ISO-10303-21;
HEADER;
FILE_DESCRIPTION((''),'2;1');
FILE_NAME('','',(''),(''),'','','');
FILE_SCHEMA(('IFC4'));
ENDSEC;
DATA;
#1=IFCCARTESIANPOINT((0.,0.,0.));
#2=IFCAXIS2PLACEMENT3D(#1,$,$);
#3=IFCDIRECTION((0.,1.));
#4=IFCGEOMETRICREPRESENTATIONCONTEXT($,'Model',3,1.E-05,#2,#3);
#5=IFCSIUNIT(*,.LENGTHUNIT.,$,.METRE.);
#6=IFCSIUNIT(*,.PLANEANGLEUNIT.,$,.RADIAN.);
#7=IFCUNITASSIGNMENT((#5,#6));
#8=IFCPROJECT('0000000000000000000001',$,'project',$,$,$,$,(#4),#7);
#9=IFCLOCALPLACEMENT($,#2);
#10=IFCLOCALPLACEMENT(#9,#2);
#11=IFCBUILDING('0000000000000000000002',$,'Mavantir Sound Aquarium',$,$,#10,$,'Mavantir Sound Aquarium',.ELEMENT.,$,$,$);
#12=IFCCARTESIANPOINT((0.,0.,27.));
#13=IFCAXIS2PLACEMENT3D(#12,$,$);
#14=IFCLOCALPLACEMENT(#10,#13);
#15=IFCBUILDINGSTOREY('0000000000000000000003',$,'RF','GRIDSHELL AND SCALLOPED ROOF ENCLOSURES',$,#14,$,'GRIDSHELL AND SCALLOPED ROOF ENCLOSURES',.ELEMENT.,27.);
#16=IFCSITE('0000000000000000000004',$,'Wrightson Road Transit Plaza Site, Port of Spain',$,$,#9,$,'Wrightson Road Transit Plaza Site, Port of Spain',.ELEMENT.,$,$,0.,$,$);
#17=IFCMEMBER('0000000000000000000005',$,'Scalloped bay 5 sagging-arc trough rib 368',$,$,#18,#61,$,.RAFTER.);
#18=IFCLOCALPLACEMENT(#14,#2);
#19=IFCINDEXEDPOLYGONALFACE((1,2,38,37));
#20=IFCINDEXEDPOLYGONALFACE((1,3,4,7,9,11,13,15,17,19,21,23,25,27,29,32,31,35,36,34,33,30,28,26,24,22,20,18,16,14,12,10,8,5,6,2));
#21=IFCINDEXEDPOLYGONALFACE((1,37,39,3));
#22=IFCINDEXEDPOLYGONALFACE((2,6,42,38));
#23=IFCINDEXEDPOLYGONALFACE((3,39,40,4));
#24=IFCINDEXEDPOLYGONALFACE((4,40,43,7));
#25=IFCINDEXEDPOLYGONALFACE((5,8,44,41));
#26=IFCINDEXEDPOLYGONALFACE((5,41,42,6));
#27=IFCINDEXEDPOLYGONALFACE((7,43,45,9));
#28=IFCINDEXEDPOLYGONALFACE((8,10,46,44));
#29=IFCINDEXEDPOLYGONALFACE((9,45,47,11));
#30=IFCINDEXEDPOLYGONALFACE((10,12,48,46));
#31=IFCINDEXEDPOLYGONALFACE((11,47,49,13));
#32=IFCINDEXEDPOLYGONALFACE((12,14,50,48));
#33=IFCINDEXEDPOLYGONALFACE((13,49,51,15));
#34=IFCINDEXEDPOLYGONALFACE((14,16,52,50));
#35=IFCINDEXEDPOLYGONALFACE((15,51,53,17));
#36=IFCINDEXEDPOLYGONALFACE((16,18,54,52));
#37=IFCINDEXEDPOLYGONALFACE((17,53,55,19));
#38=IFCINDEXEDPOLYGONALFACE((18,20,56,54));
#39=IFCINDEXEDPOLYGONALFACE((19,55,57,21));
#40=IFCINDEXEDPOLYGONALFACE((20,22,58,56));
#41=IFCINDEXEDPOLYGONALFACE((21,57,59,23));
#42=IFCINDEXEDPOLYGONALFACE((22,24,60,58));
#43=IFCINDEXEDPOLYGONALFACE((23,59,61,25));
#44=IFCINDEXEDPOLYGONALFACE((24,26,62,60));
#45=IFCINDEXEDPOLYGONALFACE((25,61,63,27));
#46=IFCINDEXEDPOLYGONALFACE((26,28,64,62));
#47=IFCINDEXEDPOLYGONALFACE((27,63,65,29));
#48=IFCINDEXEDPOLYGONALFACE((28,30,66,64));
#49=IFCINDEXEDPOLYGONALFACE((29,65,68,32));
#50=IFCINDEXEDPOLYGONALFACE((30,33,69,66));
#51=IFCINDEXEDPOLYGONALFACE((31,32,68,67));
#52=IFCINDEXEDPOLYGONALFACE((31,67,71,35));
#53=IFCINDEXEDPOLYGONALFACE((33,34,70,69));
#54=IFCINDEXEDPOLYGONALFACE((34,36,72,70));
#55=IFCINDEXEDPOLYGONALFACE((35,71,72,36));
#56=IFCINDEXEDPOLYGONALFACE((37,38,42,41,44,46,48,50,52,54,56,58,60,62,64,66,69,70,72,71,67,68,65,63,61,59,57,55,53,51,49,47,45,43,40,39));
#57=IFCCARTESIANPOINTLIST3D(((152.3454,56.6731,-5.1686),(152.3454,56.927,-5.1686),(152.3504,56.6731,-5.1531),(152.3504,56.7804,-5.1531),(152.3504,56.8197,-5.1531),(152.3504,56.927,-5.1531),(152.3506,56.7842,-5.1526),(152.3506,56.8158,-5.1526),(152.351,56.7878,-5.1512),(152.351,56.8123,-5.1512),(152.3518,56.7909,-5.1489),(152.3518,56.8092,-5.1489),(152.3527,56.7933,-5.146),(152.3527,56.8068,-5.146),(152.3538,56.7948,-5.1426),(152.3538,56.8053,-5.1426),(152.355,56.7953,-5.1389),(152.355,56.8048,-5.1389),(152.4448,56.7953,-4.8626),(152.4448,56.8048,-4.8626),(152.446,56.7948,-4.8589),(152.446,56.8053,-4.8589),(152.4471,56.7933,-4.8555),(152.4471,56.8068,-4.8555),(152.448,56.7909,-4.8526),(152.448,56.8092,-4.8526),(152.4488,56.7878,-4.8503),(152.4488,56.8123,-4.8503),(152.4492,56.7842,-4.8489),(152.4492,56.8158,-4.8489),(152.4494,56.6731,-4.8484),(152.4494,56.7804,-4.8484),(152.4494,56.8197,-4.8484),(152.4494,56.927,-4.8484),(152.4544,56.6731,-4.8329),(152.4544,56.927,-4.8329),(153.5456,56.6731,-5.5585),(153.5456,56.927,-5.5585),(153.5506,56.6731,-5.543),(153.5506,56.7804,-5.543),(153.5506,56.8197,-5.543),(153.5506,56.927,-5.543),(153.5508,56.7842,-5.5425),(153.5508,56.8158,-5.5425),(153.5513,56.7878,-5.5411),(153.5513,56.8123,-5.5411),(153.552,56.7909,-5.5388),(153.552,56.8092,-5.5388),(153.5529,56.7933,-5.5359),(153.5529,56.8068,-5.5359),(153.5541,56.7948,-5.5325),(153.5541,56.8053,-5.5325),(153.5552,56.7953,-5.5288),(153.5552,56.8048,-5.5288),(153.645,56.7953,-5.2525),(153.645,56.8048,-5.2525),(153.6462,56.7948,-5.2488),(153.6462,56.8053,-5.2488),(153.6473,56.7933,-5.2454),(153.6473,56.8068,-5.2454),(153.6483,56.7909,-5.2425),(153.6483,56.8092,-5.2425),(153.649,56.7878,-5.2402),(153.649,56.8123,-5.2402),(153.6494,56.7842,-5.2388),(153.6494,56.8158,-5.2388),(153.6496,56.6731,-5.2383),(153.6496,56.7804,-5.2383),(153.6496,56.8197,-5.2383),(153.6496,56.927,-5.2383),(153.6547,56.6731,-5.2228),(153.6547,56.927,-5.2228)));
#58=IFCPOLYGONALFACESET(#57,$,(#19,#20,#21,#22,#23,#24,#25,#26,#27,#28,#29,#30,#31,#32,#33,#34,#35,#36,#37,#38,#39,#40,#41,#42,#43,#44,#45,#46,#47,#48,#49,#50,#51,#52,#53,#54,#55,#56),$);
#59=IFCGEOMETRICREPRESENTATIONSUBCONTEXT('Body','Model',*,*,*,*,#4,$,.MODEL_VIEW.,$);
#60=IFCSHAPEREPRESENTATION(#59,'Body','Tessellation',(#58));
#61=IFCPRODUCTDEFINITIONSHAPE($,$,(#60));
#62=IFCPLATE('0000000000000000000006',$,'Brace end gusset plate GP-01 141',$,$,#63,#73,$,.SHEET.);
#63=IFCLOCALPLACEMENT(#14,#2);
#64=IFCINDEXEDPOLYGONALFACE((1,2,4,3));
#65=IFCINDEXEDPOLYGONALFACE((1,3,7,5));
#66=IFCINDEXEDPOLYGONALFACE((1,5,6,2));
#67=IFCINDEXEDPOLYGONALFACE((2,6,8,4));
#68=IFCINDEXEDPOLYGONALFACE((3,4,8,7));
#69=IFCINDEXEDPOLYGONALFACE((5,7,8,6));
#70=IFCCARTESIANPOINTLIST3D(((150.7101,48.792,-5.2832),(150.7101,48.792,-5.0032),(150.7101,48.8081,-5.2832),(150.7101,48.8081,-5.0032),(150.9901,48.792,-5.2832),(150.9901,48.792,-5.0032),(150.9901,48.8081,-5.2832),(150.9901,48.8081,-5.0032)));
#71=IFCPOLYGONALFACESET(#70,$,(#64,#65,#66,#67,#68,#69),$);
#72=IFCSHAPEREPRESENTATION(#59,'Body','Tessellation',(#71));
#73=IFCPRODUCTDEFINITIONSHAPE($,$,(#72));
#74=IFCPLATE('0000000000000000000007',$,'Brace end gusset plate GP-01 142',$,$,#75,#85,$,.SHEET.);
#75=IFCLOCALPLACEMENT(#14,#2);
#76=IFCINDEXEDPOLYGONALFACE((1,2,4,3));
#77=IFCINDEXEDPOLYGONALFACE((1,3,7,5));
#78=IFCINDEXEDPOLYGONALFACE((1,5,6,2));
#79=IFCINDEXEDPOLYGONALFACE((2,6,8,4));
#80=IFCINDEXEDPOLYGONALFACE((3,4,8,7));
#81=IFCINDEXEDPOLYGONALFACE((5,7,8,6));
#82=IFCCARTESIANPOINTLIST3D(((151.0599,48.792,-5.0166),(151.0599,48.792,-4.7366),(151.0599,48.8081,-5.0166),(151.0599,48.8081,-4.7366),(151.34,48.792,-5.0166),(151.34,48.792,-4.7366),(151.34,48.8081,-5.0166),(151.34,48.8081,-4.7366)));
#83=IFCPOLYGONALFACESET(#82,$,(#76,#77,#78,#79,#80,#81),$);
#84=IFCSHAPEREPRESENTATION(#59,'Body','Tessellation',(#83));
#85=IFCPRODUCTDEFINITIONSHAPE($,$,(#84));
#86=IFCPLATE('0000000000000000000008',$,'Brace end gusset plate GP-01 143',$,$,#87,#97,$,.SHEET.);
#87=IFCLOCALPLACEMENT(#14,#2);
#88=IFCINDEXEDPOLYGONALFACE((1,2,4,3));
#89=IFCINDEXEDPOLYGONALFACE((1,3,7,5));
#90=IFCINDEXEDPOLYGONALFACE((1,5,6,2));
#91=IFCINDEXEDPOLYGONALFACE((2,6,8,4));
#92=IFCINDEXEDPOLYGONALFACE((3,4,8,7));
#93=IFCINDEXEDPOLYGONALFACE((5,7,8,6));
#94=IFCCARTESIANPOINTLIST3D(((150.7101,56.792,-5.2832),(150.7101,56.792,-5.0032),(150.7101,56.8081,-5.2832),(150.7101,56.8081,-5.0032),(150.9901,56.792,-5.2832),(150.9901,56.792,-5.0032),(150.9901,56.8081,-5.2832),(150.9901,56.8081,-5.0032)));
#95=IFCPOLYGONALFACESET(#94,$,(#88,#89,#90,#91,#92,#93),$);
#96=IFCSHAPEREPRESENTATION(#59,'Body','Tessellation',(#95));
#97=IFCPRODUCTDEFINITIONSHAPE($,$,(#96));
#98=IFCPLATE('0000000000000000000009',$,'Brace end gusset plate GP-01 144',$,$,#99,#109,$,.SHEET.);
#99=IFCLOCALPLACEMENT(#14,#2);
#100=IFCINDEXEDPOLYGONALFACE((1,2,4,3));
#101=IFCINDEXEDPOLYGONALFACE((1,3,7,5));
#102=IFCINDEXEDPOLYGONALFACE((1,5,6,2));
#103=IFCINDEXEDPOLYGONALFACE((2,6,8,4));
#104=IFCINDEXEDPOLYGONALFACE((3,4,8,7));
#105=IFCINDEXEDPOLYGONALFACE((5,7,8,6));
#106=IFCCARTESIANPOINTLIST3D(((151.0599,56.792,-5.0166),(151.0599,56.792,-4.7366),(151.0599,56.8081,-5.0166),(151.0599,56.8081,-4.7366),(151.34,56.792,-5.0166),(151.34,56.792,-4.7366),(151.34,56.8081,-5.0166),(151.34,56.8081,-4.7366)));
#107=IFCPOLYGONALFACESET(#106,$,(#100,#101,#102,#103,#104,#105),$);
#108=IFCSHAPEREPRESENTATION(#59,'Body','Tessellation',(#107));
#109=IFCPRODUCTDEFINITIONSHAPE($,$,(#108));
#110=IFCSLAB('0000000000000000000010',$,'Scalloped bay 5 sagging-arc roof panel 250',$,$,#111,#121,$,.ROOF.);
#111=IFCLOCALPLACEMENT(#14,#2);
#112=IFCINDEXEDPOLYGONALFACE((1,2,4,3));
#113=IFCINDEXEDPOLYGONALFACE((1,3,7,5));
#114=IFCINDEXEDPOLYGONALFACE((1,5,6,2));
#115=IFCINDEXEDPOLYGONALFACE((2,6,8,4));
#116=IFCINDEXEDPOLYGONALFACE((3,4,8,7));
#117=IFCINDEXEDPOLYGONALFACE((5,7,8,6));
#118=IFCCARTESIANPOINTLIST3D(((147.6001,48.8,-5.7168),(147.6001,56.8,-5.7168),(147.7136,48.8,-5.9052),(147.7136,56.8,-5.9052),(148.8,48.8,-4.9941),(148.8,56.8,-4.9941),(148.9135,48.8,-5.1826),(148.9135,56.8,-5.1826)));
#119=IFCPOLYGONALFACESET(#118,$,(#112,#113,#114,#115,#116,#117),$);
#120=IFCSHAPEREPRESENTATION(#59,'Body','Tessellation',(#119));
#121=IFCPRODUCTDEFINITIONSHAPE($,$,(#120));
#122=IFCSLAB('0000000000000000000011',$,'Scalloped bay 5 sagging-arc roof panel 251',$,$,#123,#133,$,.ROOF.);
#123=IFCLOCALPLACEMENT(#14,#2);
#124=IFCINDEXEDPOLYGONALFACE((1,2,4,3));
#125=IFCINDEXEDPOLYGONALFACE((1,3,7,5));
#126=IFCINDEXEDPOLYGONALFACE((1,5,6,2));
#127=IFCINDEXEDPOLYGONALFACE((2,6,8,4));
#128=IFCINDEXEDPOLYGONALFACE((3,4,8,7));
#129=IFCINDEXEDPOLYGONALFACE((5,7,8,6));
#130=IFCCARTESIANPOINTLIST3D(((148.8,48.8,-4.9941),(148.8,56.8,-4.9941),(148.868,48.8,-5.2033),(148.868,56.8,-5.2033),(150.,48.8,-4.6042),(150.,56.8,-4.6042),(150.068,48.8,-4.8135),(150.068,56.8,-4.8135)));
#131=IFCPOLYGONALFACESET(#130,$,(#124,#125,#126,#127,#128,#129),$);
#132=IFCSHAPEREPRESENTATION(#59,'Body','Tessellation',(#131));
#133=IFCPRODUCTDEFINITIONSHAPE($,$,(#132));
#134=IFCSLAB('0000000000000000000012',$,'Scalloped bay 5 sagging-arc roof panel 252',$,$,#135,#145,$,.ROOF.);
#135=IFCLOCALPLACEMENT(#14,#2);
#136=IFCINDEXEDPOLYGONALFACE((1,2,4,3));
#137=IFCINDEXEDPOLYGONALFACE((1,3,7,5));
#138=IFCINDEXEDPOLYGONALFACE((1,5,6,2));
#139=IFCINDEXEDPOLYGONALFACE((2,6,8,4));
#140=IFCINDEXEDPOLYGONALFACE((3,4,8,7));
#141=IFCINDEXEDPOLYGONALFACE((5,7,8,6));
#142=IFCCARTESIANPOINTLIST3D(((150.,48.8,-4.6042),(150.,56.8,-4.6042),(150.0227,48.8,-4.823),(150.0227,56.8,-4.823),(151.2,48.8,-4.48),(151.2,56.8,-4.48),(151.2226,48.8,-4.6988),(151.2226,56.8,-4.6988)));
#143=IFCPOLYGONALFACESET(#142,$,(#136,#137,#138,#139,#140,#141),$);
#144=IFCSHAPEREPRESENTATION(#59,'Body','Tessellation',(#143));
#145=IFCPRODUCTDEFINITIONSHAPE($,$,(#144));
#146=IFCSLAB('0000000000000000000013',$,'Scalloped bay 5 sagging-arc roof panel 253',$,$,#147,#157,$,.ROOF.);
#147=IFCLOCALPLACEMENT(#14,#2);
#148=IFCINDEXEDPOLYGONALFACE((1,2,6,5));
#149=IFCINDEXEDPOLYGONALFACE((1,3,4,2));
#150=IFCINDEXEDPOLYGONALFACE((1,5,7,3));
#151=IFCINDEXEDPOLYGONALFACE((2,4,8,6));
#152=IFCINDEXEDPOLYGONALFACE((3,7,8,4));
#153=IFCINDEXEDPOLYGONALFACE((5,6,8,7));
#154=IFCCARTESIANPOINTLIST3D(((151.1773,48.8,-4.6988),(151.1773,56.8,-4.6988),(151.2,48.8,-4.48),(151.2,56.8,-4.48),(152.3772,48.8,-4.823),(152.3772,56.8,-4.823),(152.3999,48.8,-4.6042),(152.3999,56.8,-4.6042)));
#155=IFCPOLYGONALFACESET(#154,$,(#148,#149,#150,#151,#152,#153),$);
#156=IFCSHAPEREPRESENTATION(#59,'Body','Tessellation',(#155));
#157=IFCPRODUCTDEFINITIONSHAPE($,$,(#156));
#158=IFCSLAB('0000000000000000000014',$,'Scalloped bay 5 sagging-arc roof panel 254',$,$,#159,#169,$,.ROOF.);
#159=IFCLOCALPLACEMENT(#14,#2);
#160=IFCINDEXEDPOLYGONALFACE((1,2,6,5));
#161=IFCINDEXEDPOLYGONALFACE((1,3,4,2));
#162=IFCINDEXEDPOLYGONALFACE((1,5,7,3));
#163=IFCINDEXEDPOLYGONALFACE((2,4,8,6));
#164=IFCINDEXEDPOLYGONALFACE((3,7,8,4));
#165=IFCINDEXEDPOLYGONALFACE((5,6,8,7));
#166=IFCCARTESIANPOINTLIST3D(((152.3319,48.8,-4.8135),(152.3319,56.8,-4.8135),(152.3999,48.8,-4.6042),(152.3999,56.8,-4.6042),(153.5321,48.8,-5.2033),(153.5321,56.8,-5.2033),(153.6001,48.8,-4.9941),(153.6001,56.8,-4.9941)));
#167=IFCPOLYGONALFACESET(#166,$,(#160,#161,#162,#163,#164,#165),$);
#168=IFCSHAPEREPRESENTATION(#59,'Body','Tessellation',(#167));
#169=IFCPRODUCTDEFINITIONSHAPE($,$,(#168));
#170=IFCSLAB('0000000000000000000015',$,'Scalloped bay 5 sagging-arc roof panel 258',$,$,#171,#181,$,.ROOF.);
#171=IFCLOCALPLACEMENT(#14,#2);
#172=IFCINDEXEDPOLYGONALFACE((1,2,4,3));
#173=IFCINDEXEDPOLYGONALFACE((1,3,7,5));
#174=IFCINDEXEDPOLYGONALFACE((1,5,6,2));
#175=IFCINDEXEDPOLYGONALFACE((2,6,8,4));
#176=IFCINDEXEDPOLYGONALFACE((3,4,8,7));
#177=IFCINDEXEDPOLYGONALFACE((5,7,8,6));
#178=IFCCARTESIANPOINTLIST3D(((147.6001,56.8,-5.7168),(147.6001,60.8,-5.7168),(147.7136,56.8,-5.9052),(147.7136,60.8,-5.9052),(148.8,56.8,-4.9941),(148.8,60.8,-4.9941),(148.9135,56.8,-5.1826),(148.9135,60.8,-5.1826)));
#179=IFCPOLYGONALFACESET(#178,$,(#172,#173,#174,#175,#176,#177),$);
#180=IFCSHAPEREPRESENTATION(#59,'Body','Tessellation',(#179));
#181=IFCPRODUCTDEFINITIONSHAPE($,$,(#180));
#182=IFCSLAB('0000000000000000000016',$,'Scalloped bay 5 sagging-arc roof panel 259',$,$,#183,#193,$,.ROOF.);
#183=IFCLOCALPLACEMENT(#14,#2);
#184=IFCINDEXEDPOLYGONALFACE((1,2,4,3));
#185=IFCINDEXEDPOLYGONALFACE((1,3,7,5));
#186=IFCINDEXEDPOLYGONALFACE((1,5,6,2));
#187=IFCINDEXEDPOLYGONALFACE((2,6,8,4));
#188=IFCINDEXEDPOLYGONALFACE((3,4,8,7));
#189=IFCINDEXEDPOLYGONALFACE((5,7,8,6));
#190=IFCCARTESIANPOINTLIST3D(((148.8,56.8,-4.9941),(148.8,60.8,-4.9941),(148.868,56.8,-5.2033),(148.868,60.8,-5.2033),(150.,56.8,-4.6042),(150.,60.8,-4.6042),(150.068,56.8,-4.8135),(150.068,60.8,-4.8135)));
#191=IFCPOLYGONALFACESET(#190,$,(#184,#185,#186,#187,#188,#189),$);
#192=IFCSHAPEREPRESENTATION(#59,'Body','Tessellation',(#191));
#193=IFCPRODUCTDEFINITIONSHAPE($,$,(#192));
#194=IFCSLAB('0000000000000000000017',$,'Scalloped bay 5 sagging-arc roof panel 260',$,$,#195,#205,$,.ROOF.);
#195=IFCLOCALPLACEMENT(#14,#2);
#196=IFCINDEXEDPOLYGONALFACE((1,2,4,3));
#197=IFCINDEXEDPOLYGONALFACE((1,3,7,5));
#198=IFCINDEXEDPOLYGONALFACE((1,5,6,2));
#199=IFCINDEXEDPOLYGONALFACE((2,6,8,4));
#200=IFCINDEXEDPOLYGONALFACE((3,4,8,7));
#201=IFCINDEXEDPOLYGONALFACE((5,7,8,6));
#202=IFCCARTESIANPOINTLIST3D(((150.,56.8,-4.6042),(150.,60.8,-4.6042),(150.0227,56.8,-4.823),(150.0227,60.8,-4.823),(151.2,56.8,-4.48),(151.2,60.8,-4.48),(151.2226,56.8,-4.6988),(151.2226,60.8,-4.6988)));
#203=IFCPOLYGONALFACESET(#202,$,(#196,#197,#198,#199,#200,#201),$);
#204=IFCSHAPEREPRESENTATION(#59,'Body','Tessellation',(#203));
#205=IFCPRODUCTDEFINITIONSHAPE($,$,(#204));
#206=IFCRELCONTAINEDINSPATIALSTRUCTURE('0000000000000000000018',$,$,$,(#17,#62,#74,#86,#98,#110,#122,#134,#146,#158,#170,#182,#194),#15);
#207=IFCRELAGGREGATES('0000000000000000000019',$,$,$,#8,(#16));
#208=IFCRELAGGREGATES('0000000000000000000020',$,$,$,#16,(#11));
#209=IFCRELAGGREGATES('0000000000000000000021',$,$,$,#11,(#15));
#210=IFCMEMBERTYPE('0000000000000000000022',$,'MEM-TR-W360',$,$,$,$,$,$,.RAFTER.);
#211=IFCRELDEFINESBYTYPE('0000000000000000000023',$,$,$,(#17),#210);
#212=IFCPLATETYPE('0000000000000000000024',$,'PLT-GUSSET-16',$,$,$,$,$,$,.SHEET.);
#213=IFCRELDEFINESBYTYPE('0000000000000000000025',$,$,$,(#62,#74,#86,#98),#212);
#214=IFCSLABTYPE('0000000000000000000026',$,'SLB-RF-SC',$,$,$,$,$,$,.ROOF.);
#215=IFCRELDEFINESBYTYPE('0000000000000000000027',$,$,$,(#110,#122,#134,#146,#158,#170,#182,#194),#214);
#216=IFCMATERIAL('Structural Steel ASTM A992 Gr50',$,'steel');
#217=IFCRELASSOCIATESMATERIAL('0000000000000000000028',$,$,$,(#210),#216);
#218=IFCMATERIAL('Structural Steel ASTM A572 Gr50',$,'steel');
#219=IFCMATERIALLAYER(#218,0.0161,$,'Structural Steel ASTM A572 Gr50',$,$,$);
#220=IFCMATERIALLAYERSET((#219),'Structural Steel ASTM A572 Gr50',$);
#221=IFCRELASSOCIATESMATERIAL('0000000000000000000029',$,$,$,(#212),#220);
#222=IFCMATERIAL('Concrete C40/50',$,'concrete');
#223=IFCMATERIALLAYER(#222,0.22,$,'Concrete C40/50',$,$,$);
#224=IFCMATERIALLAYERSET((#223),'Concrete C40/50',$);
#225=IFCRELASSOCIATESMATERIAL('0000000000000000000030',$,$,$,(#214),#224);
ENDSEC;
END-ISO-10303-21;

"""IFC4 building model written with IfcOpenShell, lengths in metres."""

from ifc_helpers import new_model, si_unit, direction, frame, origin, origin_2d, place, context, subcontext, project, spatial, polyline, rectangle, i_section, outline, extrude, material, layer, layer_set, material_profile, profile_set, type_object, element, save


model = new_model("IFC4")

# Units and contexts
model_context = context("Model", 3, precision=1e-05, world=origin(), true_north=direction((0.0, 1.0)))
body_context = subcontext(model_context, "Body", "Model", "MODEL_VIEW")
ifc_project = project(units=[si_unit("LENGTHUNIT", "METRE"), si_unit("PLANEANGLEUNIT", "RADIAN")], contexts=[model_context])

# Site, building, storey
site_placement = place(None, origin())
site = spatial("IfcSite", under=ifc_project, at=site_placement, Name="Wrightson Road Transit Plaza Site, Port of Spain", LongName="Wrightson Road Transit Plaza Site, Port of Spain", CompositionType="ELEMENT", RefElevation=0.0)
building_placement = place(site_placement, origin())
building = spatial("IfcBuilding", under=site, at=building_placement, Name="Mavantir Sound Aquarium", LongName="Mavantir Sound Aquarium", CompositionType="ELEMENT")
storey_placement = place(building_placement, frame((0.0, 0.0, 27.0)))
storey = spatial("IfcBuildingStorey", under=building, at=storey_placement, Name="RF", Description="GRIDSHELL AND SCALLOPED ROOF ENCLOSURES", LongName="GRIDSHELL AND SCALLOPED ROOF ENCLOSURES", CompositionType="ELEMENT", Elevation=27.0)

# Shared definitions
ifc_material_1 = material(Name="Structural Steel ASTM A992 Gr50", Category="steel")

# Member
ifc_material_profile_1 = material_profile(ifc_material_1, i_section(OverallWidth=0.2539, OverallDepth=0.353, WebThickness=0.0095, FlangeThickness=0.0164, FilletRadius=0.0149, at=origin_2d()), Name="W360X91")
ifc_profile_set_1 = profile_set([ifc_material_profile_1], Name="Structural Steel ASTM A992 Gr50")
member_type_1 = type_object("IfcMemberType", Name="MEM-TR-W360", PredefinedType="RAFTER", material=ifc_profile_set_1)
member_1_placement = place(storey_placement, frame((152.3999, 56.8, -5.0007), z_axis=(0.951074, 0.0, -0.308964), x_axis=(0.0, 1.0, 0.0)))
element("IfcMember", 1, at=member_1_placement, inside=storey, type_object=member_type_1, Name="Scalloped bay 5 sagging-arc trough rib 368", PredefinedType="RAFTER", context=body_context, shape_type="SweptSolid", body=[
    extrude(i_section(OverallWidth=0.2539, OverallDepth=0.353, WebThickness=0.0095, FlangeThickness=0.0164, FilletRadius=0.0149, at=origin_2d()), origin(), (0.0, 0.0, 1.0), 1.262),
])

# Plates
ifc_material_2 = material(Name="Structural Steel ASTM A572 Gr50", Category="steel")
ifc_layer_1 = layer(ifc_material_2, 0.0161, Name="Structural Steel ASTM A572 Gr50")
ifc_layer_set_1 = layer_set([ifc_layer_1], Name="Structural Steel ASTM A572 Gr50")
plate_type = type_object("IfcPlateType", Name="PLT-GUSSET-16", PredefinedType="SHEET", material=ifc_layer_set_1)
for number, where, z_axis, x_axis, name in (
    (2, (150.8501, 48.8, -5.2832), (0.0, 0.0, 1.0), (1.0, 0.0, 0.0), "Brace end gusset plate GP-01 141"),
    (3, (151.2, 48.8, -5.0166), (0.0, 0.0, 1.0), (1.0, 0.0, 0.0), "Brace end gusset plate GP-01 142"),
    (4, (150.8501, 56.8, -5.2832), (0.0, 0.0, 1.0), (1.0, 0.0, 0.0), "Brace end gusset plate GP-01 143"),
    (5, (151.2, 56.8, -5.0166), (0.0, 0.0, 1.0), (1.0, 0.0, 0.0), "Brace end gusset plate GP-01 144"),
):
    element("IfcPlate", number, at=place(storey_placement, frame(where, z_axis=z_axis, x_axis=x_axis)), inside=storey, type_object=plate_type, Name=name, PredefinedType="SHEET", context=body_context, shape_type="SweptSolid", body=[
        extrude(rectangle(XDim=0.28, YDim=0.0161, at=origin_2d()), origin(), (0.0, 0.0, 1.0), 0.28),
    ])

# Slabs
ifc_material_3 = material(Name="Concrete C40/50", Category="concrete")
ifc_layer_2 = layer(ifc_material_3, 0.22, Name="Concrete C40/50")
ifc_layer_set_2 = layer_set([ifc_layer_2], Name="Concrete C40/50")
slab_type = type_object("IfcSlabType", Name="SLB-RF-SC", PredefinedType="ROOF", material=ifc_layer_set_2)
slab_1_placement = place(storey_placement, frame((147.6001, 48.8, -5.7168), z_axis=(-0.515905, 0.0, 0.856646), x_axis=(0.856646, 0.0, 0.515905)))
element("IfcSlab", 6, at=slab_1_placement, inside=storey, type_object=slab_type, Name="Scalloped bay 5 sagging-arc roof panel 250", PredefinedType="ROOF", context=body_context, shape_type="SweptSolid", body=[
    extrude(outline(polyline([(0.0, 0.0), (1.4008, 0.0), (1.4008, 8.0), (0.0, 8.0), (0.0, 0.0)])), origin(), (0.0, 0.0, -1.0), 0.22),
])
slab_2_placement = place(storey_placement, frame((148.8, 48.8, -4.9941), z_axis=(-0.30902, 0.0, 0.951055), x_axis=(0.951055, 0.0, 0.30902)))
element("IfcSlab", 7, at=slab_2_placement, inside=storey, type_object=slab_type, Name="Scalloped bay 5 sagging-arc roof panel 251", PredefinedType="ROOF", context=body_context, shape_type="SweptSolid", body=[
    extrude(outline(polyline([(0.0, 0.0), (1.2617, 0.0), (1.2617, 8.0), (0.0, 8.0), (0.0, 0.0)])), origin(), (0.0, 0.0, -1.0), 0.22),
])
for number, where, z_axis, x_axis, name in (
    (8, (150.0, 48.8, -4.6042), (-0.10301, 0.0, 0.99468), (0.99468, 0.0, 0.10301), "Scalloped bay 5 sagging-arc roof panel 252"),
    (9, (151.2, 48.8, -4.48), (0.10301, 0.0, 0.99468), (0.99468, 0.0, -0.10301), "Scalloped bay 5 sagging-arc roof panel 253"),
):
    element("IfcSlab", number, at=place(storey_placement, frame(where, z_axis=z_axis, x_axis=x_axis)), inside=storey, type_object=slab_type, Name=name, PredefinedType="ROOF", context=body_context, shape_type="SweptSolid", body=[
        extrude(outline(polyline([(0.0, 0.0), (1.2064, 0.0), (1.2064, 8.0), (0.0, 8.0), (0.0, 0.0)])), origin(), (0.0, 0.0, -1.0), 0.22),
    ])
slab_3_placement = place(storey_placement, frame((152.3999, 48.8, -4.6042), z_axis=(0.308964, 0.0, 0.951074), x_axis=(0.951074, 0.0, -0.308964)))
element("IfcSlab", 10, at=slab_3_placement, inside=storey, type_object=slab_type, Name="Scalloped bay 5 sagging-arc roof panel 254", PredefinedType="ROOF", context=body_context, shape_type="SweptSolid", body=[
    extrude(outline(polyline([(0.0, 0.0), (1.2619, 0.0), (1.2619, 8.0), (0.0, 8.0), (0.0, 0.0)])), origin(), (0.0, 0.0, -1.0), 0.22),
])
slab_4_placement = place(storey_placement, frame((147.6001, 56.8, -5.7168), z_axis=(-0.515905, 0.0, 0.856646), x_axis=(0.856646, 0.0, 0.515905)))
element("IfcSlab", 11, at=slab_4_placement, inside=storey, type_object=slab_type, Name="Scalloped bay 5 sagging-arc roof panel 258", PredefinedType="ROOF", context=body_context, shape_type="SweptSolid", body=[
    extrude(outline(polyline([(0.0, 0.0), (1.4008, 0.0), (1.4008, 4.0), (0.0, 4.0), (0.0, 0.0)])), origin(), (0.0, 0.0, -1.0), 0.22),
])
slab_5_placement = place(storey_placement, frame((148.8, 56.8, -4.9941), z_axis=(-0.30902, 0.0, 0.951055), x_axis=(0.951055, 0.0, 0.30902)))
element("IfcSlab", 12, at=slab_5_placement, inside=storey, type_object=slab_type, Name="Scalloped bay 5 sagging-arc roof panel 259", PredefinedType="ROOF", context=body_context, shape_type="SweptSolid", body=[
    extrude(outline(polyline([(0.0, 0.0), (1.2617, 0.0), (1.2617, 4.0), (0.0, 4.0), (0.0, 0.0)])), origin(), (0.0, 0.0, -1.0), 0.22),
])
for number, where, z_axis, x_axis, name in (
    (13, (150.0, 56.8, -4.6042), (-0.10301, 0.0, 0.99468), (0.99468, 0.0, 0.10301), "Scalloped bay 5 sagging-arc roof panel 260"),
):
    element("IfcSlab", number, at=place(storey_placement, frame(where, z_axis=z_axis, x_axis=x_axis)), inside=storey, type_object=slab_type, Name=name, PredefinedType="ROOF", context=body_context, shape_type="SweptSolid", body=[
        extrude(outline(polyline([(0.0, 0.0), (1.2064, 0.0), (1.2064, 4.0), (0.0, 4.0), (0.0, 0.0)])), origin(), (0.0, 0.0, -1.0), 0.22),
    ])

save(model, "model.ifc")
